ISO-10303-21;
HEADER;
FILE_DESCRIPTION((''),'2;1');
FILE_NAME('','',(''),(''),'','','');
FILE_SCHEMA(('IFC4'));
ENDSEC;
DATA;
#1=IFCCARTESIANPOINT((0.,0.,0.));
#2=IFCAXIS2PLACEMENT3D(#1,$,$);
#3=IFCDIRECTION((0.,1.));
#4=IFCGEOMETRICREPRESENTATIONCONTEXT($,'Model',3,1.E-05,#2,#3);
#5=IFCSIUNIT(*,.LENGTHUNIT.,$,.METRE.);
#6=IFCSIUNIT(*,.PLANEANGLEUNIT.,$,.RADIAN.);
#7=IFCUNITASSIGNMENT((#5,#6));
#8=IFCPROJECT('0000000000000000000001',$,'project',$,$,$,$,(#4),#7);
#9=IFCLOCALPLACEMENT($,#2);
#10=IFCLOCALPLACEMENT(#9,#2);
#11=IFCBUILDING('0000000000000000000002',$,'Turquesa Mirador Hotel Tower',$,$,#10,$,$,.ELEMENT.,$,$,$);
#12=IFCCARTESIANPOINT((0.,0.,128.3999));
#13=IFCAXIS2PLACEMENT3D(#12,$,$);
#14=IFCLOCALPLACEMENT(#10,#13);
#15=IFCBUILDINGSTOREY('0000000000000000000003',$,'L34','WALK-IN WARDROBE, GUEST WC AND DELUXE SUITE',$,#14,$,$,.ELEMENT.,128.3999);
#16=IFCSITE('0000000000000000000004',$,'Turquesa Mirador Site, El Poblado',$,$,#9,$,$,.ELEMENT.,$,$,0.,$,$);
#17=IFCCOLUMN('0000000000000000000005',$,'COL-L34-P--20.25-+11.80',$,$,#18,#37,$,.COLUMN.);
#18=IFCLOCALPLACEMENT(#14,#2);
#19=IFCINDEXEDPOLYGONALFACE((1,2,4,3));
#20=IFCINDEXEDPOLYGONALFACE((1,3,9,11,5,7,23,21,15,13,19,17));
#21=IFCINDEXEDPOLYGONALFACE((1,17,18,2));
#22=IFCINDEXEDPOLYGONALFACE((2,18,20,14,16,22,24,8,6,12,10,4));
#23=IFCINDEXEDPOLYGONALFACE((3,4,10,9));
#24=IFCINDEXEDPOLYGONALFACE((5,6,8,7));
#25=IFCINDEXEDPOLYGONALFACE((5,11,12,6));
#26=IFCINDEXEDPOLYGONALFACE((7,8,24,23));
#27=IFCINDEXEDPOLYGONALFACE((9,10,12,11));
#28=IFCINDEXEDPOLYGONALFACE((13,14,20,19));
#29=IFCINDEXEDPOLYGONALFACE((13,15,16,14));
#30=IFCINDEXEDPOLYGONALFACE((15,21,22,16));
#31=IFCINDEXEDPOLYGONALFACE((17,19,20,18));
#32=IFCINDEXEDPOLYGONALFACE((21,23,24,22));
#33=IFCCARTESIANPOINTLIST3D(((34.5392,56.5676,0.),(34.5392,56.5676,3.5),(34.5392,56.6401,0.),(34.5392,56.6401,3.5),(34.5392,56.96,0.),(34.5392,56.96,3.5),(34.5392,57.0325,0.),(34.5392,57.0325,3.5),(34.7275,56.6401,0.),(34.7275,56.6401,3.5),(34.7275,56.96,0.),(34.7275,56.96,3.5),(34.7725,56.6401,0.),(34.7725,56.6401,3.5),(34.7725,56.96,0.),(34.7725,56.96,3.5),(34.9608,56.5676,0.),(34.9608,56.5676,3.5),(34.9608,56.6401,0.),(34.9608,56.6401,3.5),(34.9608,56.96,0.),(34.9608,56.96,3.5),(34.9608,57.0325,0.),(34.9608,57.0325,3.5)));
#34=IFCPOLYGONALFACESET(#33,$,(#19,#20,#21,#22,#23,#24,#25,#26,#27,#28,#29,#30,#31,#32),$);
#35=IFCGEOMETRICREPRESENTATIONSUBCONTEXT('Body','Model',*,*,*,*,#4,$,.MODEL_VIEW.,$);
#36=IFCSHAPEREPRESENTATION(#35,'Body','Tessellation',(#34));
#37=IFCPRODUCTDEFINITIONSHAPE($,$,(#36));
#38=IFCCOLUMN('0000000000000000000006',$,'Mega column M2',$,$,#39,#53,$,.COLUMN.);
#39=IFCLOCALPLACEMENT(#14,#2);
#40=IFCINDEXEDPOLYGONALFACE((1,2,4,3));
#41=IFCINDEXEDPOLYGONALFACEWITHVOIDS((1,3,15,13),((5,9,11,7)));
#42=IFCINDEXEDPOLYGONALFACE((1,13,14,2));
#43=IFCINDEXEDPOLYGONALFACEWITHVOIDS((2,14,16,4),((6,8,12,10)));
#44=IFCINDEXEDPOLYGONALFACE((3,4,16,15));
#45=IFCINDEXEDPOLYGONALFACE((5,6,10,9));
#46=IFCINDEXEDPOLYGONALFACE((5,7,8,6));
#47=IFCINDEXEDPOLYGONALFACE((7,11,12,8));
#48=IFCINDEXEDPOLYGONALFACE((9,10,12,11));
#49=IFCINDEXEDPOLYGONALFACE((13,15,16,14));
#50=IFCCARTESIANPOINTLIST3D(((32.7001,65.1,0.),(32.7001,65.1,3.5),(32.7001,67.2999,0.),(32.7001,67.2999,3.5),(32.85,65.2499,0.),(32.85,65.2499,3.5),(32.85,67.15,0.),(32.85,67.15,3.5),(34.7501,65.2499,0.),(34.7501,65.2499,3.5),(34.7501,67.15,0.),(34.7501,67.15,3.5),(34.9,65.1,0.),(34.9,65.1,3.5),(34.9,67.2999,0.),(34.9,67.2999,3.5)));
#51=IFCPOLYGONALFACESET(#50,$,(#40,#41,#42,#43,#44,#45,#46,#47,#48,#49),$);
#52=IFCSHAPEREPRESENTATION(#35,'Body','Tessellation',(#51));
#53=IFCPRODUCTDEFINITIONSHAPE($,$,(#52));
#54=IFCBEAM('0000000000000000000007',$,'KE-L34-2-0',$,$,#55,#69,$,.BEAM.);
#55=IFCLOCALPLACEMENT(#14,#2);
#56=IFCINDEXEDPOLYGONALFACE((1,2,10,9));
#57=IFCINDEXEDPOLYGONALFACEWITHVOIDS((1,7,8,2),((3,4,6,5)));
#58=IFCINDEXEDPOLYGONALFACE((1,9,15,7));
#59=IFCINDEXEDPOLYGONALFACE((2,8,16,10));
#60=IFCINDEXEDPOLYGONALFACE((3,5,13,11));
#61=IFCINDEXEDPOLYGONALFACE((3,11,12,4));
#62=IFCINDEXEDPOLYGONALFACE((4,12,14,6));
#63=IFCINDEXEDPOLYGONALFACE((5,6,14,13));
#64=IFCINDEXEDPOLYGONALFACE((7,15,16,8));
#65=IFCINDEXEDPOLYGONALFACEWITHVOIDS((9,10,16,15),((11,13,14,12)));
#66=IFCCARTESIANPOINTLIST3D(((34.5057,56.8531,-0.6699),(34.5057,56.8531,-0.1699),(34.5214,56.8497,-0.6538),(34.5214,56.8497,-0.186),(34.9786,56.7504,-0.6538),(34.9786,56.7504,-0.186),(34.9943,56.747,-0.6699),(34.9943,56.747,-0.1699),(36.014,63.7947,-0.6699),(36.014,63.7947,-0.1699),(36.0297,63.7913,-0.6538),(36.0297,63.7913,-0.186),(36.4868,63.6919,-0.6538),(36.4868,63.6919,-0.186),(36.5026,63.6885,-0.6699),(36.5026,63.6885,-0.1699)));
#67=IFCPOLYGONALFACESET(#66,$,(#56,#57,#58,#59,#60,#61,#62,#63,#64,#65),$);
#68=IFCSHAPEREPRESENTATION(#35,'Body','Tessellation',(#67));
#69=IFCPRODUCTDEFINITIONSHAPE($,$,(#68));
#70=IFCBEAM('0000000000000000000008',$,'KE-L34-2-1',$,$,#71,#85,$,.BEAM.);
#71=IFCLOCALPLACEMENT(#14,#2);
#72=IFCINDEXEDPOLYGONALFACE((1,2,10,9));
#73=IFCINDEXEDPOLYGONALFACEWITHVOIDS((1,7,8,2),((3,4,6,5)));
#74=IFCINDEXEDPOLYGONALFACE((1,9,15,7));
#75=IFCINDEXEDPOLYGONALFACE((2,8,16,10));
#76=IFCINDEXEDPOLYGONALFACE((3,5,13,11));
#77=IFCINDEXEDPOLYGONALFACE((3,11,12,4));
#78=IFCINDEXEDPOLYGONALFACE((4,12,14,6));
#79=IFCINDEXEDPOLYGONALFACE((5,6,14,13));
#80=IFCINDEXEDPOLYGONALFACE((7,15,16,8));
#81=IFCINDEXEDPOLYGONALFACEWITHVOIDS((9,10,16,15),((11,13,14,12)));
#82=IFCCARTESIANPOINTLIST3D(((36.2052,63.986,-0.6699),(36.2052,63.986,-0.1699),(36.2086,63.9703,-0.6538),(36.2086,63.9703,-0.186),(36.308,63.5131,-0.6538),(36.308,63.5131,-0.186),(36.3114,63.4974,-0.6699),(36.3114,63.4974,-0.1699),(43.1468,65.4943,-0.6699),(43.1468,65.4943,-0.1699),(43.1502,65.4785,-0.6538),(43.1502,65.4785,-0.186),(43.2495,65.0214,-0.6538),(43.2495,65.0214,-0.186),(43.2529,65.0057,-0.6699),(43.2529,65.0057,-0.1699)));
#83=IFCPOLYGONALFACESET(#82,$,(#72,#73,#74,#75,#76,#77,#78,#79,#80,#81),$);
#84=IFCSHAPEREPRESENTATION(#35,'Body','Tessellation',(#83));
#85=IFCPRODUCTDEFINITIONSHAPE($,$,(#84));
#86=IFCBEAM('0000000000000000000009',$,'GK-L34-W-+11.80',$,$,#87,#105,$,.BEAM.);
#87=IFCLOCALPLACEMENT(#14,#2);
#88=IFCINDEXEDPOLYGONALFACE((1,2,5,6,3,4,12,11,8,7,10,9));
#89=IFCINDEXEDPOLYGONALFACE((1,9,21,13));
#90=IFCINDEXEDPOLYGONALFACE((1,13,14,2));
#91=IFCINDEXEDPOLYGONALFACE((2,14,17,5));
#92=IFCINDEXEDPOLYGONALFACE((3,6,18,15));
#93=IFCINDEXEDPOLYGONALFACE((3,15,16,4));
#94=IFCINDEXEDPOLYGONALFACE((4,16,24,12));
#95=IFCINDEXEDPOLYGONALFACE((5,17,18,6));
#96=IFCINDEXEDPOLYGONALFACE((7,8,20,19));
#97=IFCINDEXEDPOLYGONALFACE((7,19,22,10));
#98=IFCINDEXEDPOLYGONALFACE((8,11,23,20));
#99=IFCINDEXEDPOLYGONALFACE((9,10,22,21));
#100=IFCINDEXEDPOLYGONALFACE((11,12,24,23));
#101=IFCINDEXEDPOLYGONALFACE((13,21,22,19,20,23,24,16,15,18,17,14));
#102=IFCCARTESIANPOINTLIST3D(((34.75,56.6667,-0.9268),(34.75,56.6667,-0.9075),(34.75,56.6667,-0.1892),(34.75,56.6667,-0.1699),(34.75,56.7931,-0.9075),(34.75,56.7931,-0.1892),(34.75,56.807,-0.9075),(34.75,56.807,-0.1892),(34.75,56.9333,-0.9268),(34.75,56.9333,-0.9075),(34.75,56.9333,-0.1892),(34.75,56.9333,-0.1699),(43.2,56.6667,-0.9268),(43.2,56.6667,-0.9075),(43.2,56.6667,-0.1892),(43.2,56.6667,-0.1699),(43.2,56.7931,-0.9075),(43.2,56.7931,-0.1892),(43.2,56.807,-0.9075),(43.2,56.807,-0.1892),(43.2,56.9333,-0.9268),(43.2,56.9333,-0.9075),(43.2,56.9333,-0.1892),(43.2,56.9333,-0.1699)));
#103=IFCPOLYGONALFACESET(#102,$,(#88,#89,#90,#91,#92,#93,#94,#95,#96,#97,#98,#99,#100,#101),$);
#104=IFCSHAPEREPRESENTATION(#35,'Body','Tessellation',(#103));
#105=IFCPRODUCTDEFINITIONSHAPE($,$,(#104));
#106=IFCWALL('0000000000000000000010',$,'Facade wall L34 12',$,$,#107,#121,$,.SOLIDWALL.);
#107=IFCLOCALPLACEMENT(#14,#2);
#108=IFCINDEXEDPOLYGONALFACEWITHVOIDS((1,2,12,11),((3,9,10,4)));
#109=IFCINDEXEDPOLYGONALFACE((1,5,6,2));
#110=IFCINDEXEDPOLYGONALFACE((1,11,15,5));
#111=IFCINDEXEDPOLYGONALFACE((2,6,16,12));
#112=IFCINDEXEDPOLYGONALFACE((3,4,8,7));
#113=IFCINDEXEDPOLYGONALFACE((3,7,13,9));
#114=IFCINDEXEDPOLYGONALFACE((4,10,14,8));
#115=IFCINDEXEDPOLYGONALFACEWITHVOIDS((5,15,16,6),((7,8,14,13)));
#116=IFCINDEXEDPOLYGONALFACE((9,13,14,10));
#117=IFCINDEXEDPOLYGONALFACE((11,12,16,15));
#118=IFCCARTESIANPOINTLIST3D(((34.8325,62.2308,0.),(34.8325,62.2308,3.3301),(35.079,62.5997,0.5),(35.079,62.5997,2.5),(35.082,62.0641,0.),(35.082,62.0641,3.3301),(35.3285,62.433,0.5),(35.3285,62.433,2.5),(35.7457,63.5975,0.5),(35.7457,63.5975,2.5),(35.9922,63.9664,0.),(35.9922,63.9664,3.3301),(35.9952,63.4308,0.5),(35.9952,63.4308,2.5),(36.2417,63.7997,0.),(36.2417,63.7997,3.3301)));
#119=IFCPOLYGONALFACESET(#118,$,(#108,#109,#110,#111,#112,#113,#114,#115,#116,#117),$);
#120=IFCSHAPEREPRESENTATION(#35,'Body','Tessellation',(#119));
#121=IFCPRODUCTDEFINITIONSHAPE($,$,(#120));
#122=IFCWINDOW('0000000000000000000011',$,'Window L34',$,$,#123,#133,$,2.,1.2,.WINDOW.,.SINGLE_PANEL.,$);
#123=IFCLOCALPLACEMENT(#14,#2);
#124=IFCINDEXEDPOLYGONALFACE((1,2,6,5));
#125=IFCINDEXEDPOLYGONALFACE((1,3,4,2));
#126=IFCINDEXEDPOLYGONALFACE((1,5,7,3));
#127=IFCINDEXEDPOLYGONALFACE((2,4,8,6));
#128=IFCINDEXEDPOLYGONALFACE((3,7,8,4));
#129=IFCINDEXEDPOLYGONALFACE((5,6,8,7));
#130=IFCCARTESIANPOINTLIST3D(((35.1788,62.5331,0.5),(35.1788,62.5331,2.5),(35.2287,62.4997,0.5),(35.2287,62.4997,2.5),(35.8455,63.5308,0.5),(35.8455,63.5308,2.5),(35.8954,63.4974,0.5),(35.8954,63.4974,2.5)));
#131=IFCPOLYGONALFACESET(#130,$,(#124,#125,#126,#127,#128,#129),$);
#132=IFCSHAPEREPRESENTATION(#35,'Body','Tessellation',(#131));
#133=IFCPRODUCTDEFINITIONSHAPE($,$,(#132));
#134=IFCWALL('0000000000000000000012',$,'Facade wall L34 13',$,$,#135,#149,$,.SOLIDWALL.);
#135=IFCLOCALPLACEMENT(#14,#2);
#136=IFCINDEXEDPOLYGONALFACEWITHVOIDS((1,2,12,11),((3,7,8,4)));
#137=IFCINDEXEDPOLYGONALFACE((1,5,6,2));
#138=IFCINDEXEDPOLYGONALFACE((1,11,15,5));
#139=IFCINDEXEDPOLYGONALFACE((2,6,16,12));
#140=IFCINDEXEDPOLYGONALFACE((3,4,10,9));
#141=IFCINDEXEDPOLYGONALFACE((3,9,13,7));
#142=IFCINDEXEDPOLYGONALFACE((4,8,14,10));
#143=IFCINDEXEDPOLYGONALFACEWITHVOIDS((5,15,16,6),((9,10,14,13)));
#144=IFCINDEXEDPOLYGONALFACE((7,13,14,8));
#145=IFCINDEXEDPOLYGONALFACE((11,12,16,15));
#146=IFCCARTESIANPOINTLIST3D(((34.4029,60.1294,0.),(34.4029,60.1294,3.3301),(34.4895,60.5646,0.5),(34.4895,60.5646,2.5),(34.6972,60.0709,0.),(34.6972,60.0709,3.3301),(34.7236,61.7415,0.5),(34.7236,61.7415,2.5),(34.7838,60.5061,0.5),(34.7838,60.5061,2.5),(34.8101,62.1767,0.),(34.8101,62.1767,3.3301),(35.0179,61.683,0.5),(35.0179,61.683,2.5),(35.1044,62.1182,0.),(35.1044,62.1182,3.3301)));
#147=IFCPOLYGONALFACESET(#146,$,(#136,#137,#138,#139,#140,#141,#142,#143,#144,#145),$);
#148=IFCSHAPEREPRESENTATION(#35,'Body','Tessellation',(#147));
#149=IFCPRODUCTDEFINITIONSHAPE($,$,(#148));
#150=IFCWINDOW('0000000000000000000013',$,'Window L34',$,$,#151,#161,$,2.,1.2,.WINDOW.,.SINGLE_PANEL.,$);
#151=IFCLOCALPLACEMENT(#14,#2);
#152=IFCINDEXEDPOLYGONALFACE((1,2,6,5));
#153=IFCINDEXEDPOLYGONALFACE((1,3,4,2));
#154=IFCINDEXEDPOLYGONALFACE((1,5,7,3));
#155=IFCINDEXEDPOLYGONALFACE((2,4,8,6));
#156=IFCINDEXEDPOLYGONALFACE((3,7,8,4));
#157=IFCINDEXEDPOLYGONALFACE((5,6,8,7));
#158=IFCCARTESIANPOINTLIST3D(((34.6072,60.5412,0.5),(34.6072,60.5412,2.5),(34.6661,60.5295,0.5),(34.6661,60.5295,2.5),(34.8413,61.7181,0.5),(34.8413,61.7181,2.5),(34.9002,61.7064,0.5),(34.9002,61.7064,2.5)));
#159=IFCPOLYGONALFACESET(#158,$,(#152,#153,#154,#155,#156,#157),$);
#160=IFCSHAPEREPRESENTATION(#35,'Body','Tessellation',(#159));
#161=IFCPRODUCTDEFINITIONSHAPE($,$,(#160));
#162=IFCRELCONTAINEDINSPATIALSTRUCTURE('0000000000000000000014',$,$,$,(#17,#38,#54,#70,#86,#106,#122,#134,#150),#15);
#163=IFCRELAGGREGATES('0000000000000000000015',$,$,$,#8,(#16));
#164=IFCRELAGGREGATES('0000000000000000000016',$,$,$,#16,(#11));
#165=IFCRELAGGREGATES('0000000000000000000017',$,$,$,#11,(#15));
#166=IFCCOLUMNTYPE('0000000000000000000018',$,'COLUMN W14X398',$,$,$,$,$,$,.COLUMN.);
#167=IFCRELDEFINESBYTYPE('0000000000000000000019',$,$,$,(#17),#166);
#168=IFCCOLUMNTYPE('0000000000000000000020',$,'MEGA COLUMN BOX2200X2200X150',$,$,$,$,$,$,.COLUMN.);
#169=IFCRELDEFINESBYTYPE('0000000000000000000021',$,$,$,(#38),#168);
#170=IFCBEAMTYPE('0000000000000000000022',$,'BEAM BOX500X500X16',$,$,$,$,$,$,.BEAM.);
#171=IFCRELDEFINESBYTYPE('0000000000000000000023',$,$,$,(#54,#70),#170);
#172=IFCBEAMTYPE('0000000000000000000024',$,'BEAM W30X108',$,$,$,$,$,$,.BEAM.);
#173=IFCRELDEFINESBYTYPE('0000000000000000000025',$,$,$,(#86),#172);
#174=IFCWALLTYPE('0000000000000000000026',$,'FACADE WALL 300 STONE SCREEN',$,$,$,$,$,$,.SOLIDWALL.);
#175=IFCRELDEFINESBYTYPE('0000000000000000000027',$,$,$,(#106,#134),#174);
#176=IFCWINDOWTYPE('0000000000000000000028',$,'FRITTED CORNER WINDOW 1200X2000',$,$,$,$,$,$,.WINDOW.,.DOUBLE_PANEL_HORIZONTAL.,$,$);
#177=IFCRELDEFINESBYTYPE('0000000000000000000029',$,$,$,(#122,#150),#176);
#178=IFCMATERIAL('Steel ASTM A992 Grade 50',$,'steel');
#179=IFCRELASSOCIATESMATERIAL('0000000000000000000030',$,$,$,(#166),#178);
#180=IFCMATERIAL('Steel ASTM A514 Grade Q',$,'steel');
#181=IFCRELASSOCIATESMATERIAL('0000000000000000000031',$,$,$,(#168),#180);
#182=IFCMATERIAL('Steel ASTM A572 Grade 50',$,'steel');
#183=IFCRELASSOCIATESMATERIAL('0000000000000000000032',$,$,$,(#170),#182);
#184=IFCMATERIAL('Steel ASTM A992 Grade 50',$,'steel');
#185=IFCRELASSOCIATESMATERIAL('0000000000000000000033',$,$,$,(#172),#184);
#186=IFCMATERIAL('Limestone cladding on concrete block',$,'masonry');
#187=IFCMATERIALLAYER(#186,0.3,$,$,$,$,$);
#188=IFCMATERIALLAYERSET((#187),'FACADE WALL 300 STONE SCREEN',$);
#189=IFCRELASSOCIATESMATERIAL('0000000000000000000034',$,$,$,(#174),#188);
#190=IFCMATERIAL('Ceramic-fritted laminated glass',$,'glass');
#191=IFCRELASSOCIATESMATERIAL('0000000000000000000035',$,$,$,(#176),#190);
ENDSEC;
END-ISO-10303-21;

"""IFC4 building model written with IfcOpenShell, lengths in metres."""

from ifc_helpers import new_model, si_unit, direction, frame, frame_2d, origin, origin_2d, place, context, subcontext, project, spatial, rectangle, hollow_rectangle, i_section, extrude, material, layer, layer_set, material_profile, profile_set, type_object, element, fill, save


model = new_model("IFC4")

# Units and contexts
model_context = context("Model", 3, precision=1e-05, world=origin(), true_north=direction((0.0, 1.0)))
body_context = subcontext(model_context, "Body", "Model", "MODEL_VIEW")
ifc_project = project(units=[si_unit("LENGTHUNIT", "METRE"), si_unit("PLANEANGLEUNIT", "RADIAN")], contexts=[model_context])

# Site, building, storey
site_placement = place(None, origin())
site = spatial("IfcSite", under=ifc_project, at=site_placement, Name="Turquesa Mirador Site, El Poblado", CompositionType="ELEMENT", RefElevation=0.0)
building_placement = place(site_placement, origin())
building = spatial("IfcBuilding", under=site, at=building_placement, Name="Turquesa Mirador Hotel Tower", CompositionType="ELEMENT")
storey_placement = place(building_placement, frame((0.0, 0.0, 128.3999)))
storey = spatial("IfcBuildingStorey", under=building, at=storey_placement, Name="L34", Description="WALK-IN WARDROBE, GUEST WC AND DELUXE SUITE", CompositionType="ELEMENT", Elevation=128.3999)

# Columns
ifc_material_1 = material(Name="Steel ASTM A992 Grade 50", Category="steel")
ifc_material_profile_1 = material_profile(ifc_material_1, i_section(OverallWidth=0.4216, OverallDepth=0.4648, WebThickness=0.0449, FlangeThickness=0.0725, at=origin_2d()), Name="W14X398")
ifc_profile_set_1 = profile_set([ifc_material_profile_1], Name="Steel ASTM A992 Grade 50")
column_type_1 = type_object("IfcColumnType", Name="COLUMN W14X398", PredefinedType="COLUMN", material=ifc_profile_set_1)
column_1_placement = place(storey_placement, frame((34.75, 56.8, 0.0), z_axis=(0.0, 0.0, 1.0), x_axis=(1.0, 0.0, 0.0)))
element("IfcColumn", 1, at=column_1_placement, inside=storey, type_object=column_type_1, Name="COL-L34-P--20.25-+11.80", PredefinedType="COLUMN", context=body_context, shape_type="SweptSolid", body=[
    extrude(i_section(OverallWidth=0.4216, OverallDepth=0.4648, WebThickness=0.0449, FlangeThickness=0.0725, at=origin_2d()), origin(), (0.0, 0.0, 1.0), 3.5),
])
ifc_material_2 = material(Name="Steel ASTM A514 Grade Q", Category="steel")
ifc_material_profile_2 = material_profile(ifc_material_2, hollow_rectangle(XDim=2.2, YDim=2.2, WallThickness=0.1499, at=origin_2d()), Name="BOX2200X2200X150")
ifc_profile_set_2 = profile_set([ifc_material_profile_2], Name="Steel ASTM A514 Grade Q")
column_type_2 = type_object("IfcColumnType", Name="MEGA COLUMN BOX2200X2200X150", PredefinedType="COLUMN", material=ifc_profile_set_2)
column_2_placement = place(storey_placement, frame((33.8, 66.2, 0.0), z_axis=(0.0, 0.0, 1.0), x_axis=(1.0, 0.0, 0.0)))
element("IfcColumn", 2, at=column_2_placement, inside=storey, type_object=column_type_2, Name="Mega column M2", PredefinedType="COLUMN", context=body_context, shape_type="SweptSolid", body=[
    extrude(hollow_rectangle(XDim=2.2, YDim=2.2, WallThickness=0.1499, at=origin_2d()), origin(), (0.0, 0.0, 1.0), 3.5),
])

# Beams
ifc_material_3 = material(Name="Steel ASTM A572 Grade 50", Category="steel")
ifc_material_profile_3 = material_profile(ifc_material_3, hollow_rectangle(XDim=0.5, YDim=0.5, WallThickness=0.0161, at=origin_2d()), Name="BOX500X500X16")
ifc_profile_set_3 = profile_set([ifc_material_profile_3], Name="Steel ASTM A572 Grade 50")
beam_type_1 = type_object("IfcBeamType", Name="BEAM BOX500X500X16", PredefinedType="BEAM", material=ifc_profile_set_3)
for number, where, z_axis, x_axis, name in (
    (3, (34.75, 56.8, -0.4199), (0.212328, 0.977198, 0.0), (-0.977198, 0.212328, 0.0), "KE-L34-2-0"),
    (4, (36.2583, 63.7417, -0.4199), (0.977198, 0.212328, 0.0), (-0.212328, 0.977198, 0.0), "KE-L34-2-1"),
):
    element("IfcBeam", number, at=place(storey_placement, frame(where, z_axis=z_axis, x_axis=x_axis)), inside=storey, type_object=beam_type_1, Name=name, PredefinedType="BEAM", context=body_context, shape_type="SweptSolid", body=[
        extrude(hollow_rectangle(XDim=0.5, YDim=0.5, WallThickness=0.0161, at=origin_2d()), origin(), (0.0, 0.0, 1.0), 7.1035),
    ])
ifc_material_4 = material(Name="Steel ASTM A992 Grade 50", Category="steel")
ifc_material_profile_4 = material_profile(ifc_material_4, i_section(OverallWidth=0.2666, OverallDepth=0.7568, WebThickness=0.0139, FlangeThickness=0.0193, at=origin_2d()), Name="W30X108")
ifc_profile_set_4 = profile_set([ifc_material_profile_4], Name="Steel ASTM A992 Grade 50")
beam_type_2 = type_object("IfcBeamType", Name="BEAM W30X108", PredefinedType="BEAM", material=ifc_profile_set_4)
beam_placement = place(storey_placement, frame((34.75, 56.8, -0.5483), z_axis=(1.0, 0.0, 0.0), x_axis=(0.0, 1.0, 0.0)))
element("IfcBeam", 5, at=beam_placement, inside=storey, type_object=beam_type_2, Name="GK-L34-W-+11.80", PredefinedType="BEAM", context=body_context, shape_type="SweptSolid", body=[
    extrude(i_section(OverallWidth=0.2666, OverallDepth=0.7568, WebThickness=0.0139, FlangeThickness=0.0193, at=origin_2d()), origin(), (0.0, 0.0, 1.0), 8.45),
])

# Walls, openings, windows
ifc_material_5 = material(Name="Limestone cladding on concrete block", Category="masonry")
ifc_layer = layer(ifc_material_5, 0.3)
ifc_layer_set = layer_set([ifc_layer], Name="FACADE WALL 300 STONE SCREEN")
wall_type = type_object("IfcWallType", Name="FACADE WALL 300 STONE SCREEN", PredefinedType="SOLIDWALL", material=ifc_layer_set)
wall_1_placement = place(storey_placement, frame((36.1169, 63.8831, 0.0), z_axis=(0.0, 0.0, 1.0), x_axis=(-0.555564, -0.831474, 0.0)))
wall_1 = element("IfcWall", 6, at=wall_1_placement, inside=storey, type_object=wall_type, Name="Facade wall L34 12", PredefinedType="SOLIDWALL", context=body_context, shape_type="SweptSolid", body=[
    extrude(rectangle(XDim=2.0874, YDim=0.3, at=frame_2d((1.0437, 0.0))), origin(), (0.0, 0.0, 1.0), 3.3301),
])
opening_1_placement = place(wall_1_placement, frame((0.4436, 0.0, 0.5)))
opening_1 = element("IfcOpeningElement", 7, at=opening_1_placement, cuts=wall_1, PredefinedType="OPENING", context=body_context, shape_type="SweptSolid", body=[
    extrude(rectangle(XDim=1.2, YDim=2.0, at=frame_2d((0.6001, 1.0))), frame((0.0, 0.1599, 0.0), z_axis=(0.0, -1.0, 0.0), x_axis=(1.0, 0.0, 0.0)), (0.0, 0.0, 1.0), 0.3201),
])
ifc_material_6 = material(Name="Ceramic-fritted laminated glass", Category="glass")
window_type_1 = type_object("IfcWindowType", Name="FRITTED CORNER WINDOW 1200X2000", PartitioningType="DOUBLE_PANEL_HORIZONTAL", PredefinedType="WINDOW", material=ifc_material_6)
window_1_placement = place(opening_1_placement, origin())
window_1 = element("IfcWindow", 8, at=window_1_placement, inside=storey, type_object=window_type_1, Name="Window L34", OverallHeight=2.0, OverallWidth=1.2, PartitioningType="SINGLE_PANEL", PredefinedType="WINDOW", context=body_context, shape_type="SweptSolid", body=[
    extrude(rectangle(XDim=1.2, YDim=2.0, at=frame_2d((0.6001, 1.0))), frame((0.0, 0.03, 0.0), z_axis=(0.0, -1.0, 0.0), x_axis=(1.0, 0.0, 0.0)), (0.0, 0.0, 1.0), 0.0601),
])
fill(opening_1, window_1)
wall_2_placement = place(storey_placement, frame((34.9573, 62.1475, 0.0), z_axis=(0.0, 0.0, 1.0), x_axis=(-0.195081, -0.980787, 0.0)))
wall_2 = element("IfcWall", 9, at=wall_2_placement, inside=storey, type_object=wall_type, Name="Facade wall L34 13", PredefinedType="SOLIDWALL", context=body_context, shape_type="SweptSolid", body=[
    extrude(rectangle(XDim=2.0874, YDim=0.3, at=frame_2d((1.0437, 0.0))), origin(), (0.0, 0.0, 1.0), 3.3301),
])
opening_2_placement = place(wall_2_placement, frame((0.4436, 0.0, 0.5)))
opening_2 = element("IfcOpeningElement", 10, at=opening_2_placement, cuts=wall_2, PredefinedType="OPENING", context=body_context, shape_type="SweptSolid", body=[
    extrude(rectangle(XDim=1.2, YDim=2.0, at=frame_2d((0.6001, 1.0))), frame((0.0, 0.1599, 0.0), z_axis=(0.0, -1.0, 0.0), x_axis=(1.0, 0.0, 0.0)), (0.0, 0.0, 1.0), 0.3201),
])
window_2_placement = place(opening_2_placement, origin())
window_2 = element("IfcWindow", 11, at=window_2_placement, inside=storey, type_object=window_type_1, Name="Window L34", OverallHeight=2.0, OverallWidth=1.2, PartitioningType="SINGLE_PANEL", PredefinedType="WINDOW", context=body_context, shape_type="SweptSolid", body=[
    extrude(rectangle(XDim=1.2, YDim=2.0, at=frame_2d((0.6001, 1.0))), frame((0.0, 0.03, 0.0), z_axis=(0.0, -1.0, 0.0), x_axis=(1.0, 0.0, 0.0)), (0.0, 0.0, 1.0), 0.0601),
])
fill(opening_2, window_2)

save(model, "model.ifc")
